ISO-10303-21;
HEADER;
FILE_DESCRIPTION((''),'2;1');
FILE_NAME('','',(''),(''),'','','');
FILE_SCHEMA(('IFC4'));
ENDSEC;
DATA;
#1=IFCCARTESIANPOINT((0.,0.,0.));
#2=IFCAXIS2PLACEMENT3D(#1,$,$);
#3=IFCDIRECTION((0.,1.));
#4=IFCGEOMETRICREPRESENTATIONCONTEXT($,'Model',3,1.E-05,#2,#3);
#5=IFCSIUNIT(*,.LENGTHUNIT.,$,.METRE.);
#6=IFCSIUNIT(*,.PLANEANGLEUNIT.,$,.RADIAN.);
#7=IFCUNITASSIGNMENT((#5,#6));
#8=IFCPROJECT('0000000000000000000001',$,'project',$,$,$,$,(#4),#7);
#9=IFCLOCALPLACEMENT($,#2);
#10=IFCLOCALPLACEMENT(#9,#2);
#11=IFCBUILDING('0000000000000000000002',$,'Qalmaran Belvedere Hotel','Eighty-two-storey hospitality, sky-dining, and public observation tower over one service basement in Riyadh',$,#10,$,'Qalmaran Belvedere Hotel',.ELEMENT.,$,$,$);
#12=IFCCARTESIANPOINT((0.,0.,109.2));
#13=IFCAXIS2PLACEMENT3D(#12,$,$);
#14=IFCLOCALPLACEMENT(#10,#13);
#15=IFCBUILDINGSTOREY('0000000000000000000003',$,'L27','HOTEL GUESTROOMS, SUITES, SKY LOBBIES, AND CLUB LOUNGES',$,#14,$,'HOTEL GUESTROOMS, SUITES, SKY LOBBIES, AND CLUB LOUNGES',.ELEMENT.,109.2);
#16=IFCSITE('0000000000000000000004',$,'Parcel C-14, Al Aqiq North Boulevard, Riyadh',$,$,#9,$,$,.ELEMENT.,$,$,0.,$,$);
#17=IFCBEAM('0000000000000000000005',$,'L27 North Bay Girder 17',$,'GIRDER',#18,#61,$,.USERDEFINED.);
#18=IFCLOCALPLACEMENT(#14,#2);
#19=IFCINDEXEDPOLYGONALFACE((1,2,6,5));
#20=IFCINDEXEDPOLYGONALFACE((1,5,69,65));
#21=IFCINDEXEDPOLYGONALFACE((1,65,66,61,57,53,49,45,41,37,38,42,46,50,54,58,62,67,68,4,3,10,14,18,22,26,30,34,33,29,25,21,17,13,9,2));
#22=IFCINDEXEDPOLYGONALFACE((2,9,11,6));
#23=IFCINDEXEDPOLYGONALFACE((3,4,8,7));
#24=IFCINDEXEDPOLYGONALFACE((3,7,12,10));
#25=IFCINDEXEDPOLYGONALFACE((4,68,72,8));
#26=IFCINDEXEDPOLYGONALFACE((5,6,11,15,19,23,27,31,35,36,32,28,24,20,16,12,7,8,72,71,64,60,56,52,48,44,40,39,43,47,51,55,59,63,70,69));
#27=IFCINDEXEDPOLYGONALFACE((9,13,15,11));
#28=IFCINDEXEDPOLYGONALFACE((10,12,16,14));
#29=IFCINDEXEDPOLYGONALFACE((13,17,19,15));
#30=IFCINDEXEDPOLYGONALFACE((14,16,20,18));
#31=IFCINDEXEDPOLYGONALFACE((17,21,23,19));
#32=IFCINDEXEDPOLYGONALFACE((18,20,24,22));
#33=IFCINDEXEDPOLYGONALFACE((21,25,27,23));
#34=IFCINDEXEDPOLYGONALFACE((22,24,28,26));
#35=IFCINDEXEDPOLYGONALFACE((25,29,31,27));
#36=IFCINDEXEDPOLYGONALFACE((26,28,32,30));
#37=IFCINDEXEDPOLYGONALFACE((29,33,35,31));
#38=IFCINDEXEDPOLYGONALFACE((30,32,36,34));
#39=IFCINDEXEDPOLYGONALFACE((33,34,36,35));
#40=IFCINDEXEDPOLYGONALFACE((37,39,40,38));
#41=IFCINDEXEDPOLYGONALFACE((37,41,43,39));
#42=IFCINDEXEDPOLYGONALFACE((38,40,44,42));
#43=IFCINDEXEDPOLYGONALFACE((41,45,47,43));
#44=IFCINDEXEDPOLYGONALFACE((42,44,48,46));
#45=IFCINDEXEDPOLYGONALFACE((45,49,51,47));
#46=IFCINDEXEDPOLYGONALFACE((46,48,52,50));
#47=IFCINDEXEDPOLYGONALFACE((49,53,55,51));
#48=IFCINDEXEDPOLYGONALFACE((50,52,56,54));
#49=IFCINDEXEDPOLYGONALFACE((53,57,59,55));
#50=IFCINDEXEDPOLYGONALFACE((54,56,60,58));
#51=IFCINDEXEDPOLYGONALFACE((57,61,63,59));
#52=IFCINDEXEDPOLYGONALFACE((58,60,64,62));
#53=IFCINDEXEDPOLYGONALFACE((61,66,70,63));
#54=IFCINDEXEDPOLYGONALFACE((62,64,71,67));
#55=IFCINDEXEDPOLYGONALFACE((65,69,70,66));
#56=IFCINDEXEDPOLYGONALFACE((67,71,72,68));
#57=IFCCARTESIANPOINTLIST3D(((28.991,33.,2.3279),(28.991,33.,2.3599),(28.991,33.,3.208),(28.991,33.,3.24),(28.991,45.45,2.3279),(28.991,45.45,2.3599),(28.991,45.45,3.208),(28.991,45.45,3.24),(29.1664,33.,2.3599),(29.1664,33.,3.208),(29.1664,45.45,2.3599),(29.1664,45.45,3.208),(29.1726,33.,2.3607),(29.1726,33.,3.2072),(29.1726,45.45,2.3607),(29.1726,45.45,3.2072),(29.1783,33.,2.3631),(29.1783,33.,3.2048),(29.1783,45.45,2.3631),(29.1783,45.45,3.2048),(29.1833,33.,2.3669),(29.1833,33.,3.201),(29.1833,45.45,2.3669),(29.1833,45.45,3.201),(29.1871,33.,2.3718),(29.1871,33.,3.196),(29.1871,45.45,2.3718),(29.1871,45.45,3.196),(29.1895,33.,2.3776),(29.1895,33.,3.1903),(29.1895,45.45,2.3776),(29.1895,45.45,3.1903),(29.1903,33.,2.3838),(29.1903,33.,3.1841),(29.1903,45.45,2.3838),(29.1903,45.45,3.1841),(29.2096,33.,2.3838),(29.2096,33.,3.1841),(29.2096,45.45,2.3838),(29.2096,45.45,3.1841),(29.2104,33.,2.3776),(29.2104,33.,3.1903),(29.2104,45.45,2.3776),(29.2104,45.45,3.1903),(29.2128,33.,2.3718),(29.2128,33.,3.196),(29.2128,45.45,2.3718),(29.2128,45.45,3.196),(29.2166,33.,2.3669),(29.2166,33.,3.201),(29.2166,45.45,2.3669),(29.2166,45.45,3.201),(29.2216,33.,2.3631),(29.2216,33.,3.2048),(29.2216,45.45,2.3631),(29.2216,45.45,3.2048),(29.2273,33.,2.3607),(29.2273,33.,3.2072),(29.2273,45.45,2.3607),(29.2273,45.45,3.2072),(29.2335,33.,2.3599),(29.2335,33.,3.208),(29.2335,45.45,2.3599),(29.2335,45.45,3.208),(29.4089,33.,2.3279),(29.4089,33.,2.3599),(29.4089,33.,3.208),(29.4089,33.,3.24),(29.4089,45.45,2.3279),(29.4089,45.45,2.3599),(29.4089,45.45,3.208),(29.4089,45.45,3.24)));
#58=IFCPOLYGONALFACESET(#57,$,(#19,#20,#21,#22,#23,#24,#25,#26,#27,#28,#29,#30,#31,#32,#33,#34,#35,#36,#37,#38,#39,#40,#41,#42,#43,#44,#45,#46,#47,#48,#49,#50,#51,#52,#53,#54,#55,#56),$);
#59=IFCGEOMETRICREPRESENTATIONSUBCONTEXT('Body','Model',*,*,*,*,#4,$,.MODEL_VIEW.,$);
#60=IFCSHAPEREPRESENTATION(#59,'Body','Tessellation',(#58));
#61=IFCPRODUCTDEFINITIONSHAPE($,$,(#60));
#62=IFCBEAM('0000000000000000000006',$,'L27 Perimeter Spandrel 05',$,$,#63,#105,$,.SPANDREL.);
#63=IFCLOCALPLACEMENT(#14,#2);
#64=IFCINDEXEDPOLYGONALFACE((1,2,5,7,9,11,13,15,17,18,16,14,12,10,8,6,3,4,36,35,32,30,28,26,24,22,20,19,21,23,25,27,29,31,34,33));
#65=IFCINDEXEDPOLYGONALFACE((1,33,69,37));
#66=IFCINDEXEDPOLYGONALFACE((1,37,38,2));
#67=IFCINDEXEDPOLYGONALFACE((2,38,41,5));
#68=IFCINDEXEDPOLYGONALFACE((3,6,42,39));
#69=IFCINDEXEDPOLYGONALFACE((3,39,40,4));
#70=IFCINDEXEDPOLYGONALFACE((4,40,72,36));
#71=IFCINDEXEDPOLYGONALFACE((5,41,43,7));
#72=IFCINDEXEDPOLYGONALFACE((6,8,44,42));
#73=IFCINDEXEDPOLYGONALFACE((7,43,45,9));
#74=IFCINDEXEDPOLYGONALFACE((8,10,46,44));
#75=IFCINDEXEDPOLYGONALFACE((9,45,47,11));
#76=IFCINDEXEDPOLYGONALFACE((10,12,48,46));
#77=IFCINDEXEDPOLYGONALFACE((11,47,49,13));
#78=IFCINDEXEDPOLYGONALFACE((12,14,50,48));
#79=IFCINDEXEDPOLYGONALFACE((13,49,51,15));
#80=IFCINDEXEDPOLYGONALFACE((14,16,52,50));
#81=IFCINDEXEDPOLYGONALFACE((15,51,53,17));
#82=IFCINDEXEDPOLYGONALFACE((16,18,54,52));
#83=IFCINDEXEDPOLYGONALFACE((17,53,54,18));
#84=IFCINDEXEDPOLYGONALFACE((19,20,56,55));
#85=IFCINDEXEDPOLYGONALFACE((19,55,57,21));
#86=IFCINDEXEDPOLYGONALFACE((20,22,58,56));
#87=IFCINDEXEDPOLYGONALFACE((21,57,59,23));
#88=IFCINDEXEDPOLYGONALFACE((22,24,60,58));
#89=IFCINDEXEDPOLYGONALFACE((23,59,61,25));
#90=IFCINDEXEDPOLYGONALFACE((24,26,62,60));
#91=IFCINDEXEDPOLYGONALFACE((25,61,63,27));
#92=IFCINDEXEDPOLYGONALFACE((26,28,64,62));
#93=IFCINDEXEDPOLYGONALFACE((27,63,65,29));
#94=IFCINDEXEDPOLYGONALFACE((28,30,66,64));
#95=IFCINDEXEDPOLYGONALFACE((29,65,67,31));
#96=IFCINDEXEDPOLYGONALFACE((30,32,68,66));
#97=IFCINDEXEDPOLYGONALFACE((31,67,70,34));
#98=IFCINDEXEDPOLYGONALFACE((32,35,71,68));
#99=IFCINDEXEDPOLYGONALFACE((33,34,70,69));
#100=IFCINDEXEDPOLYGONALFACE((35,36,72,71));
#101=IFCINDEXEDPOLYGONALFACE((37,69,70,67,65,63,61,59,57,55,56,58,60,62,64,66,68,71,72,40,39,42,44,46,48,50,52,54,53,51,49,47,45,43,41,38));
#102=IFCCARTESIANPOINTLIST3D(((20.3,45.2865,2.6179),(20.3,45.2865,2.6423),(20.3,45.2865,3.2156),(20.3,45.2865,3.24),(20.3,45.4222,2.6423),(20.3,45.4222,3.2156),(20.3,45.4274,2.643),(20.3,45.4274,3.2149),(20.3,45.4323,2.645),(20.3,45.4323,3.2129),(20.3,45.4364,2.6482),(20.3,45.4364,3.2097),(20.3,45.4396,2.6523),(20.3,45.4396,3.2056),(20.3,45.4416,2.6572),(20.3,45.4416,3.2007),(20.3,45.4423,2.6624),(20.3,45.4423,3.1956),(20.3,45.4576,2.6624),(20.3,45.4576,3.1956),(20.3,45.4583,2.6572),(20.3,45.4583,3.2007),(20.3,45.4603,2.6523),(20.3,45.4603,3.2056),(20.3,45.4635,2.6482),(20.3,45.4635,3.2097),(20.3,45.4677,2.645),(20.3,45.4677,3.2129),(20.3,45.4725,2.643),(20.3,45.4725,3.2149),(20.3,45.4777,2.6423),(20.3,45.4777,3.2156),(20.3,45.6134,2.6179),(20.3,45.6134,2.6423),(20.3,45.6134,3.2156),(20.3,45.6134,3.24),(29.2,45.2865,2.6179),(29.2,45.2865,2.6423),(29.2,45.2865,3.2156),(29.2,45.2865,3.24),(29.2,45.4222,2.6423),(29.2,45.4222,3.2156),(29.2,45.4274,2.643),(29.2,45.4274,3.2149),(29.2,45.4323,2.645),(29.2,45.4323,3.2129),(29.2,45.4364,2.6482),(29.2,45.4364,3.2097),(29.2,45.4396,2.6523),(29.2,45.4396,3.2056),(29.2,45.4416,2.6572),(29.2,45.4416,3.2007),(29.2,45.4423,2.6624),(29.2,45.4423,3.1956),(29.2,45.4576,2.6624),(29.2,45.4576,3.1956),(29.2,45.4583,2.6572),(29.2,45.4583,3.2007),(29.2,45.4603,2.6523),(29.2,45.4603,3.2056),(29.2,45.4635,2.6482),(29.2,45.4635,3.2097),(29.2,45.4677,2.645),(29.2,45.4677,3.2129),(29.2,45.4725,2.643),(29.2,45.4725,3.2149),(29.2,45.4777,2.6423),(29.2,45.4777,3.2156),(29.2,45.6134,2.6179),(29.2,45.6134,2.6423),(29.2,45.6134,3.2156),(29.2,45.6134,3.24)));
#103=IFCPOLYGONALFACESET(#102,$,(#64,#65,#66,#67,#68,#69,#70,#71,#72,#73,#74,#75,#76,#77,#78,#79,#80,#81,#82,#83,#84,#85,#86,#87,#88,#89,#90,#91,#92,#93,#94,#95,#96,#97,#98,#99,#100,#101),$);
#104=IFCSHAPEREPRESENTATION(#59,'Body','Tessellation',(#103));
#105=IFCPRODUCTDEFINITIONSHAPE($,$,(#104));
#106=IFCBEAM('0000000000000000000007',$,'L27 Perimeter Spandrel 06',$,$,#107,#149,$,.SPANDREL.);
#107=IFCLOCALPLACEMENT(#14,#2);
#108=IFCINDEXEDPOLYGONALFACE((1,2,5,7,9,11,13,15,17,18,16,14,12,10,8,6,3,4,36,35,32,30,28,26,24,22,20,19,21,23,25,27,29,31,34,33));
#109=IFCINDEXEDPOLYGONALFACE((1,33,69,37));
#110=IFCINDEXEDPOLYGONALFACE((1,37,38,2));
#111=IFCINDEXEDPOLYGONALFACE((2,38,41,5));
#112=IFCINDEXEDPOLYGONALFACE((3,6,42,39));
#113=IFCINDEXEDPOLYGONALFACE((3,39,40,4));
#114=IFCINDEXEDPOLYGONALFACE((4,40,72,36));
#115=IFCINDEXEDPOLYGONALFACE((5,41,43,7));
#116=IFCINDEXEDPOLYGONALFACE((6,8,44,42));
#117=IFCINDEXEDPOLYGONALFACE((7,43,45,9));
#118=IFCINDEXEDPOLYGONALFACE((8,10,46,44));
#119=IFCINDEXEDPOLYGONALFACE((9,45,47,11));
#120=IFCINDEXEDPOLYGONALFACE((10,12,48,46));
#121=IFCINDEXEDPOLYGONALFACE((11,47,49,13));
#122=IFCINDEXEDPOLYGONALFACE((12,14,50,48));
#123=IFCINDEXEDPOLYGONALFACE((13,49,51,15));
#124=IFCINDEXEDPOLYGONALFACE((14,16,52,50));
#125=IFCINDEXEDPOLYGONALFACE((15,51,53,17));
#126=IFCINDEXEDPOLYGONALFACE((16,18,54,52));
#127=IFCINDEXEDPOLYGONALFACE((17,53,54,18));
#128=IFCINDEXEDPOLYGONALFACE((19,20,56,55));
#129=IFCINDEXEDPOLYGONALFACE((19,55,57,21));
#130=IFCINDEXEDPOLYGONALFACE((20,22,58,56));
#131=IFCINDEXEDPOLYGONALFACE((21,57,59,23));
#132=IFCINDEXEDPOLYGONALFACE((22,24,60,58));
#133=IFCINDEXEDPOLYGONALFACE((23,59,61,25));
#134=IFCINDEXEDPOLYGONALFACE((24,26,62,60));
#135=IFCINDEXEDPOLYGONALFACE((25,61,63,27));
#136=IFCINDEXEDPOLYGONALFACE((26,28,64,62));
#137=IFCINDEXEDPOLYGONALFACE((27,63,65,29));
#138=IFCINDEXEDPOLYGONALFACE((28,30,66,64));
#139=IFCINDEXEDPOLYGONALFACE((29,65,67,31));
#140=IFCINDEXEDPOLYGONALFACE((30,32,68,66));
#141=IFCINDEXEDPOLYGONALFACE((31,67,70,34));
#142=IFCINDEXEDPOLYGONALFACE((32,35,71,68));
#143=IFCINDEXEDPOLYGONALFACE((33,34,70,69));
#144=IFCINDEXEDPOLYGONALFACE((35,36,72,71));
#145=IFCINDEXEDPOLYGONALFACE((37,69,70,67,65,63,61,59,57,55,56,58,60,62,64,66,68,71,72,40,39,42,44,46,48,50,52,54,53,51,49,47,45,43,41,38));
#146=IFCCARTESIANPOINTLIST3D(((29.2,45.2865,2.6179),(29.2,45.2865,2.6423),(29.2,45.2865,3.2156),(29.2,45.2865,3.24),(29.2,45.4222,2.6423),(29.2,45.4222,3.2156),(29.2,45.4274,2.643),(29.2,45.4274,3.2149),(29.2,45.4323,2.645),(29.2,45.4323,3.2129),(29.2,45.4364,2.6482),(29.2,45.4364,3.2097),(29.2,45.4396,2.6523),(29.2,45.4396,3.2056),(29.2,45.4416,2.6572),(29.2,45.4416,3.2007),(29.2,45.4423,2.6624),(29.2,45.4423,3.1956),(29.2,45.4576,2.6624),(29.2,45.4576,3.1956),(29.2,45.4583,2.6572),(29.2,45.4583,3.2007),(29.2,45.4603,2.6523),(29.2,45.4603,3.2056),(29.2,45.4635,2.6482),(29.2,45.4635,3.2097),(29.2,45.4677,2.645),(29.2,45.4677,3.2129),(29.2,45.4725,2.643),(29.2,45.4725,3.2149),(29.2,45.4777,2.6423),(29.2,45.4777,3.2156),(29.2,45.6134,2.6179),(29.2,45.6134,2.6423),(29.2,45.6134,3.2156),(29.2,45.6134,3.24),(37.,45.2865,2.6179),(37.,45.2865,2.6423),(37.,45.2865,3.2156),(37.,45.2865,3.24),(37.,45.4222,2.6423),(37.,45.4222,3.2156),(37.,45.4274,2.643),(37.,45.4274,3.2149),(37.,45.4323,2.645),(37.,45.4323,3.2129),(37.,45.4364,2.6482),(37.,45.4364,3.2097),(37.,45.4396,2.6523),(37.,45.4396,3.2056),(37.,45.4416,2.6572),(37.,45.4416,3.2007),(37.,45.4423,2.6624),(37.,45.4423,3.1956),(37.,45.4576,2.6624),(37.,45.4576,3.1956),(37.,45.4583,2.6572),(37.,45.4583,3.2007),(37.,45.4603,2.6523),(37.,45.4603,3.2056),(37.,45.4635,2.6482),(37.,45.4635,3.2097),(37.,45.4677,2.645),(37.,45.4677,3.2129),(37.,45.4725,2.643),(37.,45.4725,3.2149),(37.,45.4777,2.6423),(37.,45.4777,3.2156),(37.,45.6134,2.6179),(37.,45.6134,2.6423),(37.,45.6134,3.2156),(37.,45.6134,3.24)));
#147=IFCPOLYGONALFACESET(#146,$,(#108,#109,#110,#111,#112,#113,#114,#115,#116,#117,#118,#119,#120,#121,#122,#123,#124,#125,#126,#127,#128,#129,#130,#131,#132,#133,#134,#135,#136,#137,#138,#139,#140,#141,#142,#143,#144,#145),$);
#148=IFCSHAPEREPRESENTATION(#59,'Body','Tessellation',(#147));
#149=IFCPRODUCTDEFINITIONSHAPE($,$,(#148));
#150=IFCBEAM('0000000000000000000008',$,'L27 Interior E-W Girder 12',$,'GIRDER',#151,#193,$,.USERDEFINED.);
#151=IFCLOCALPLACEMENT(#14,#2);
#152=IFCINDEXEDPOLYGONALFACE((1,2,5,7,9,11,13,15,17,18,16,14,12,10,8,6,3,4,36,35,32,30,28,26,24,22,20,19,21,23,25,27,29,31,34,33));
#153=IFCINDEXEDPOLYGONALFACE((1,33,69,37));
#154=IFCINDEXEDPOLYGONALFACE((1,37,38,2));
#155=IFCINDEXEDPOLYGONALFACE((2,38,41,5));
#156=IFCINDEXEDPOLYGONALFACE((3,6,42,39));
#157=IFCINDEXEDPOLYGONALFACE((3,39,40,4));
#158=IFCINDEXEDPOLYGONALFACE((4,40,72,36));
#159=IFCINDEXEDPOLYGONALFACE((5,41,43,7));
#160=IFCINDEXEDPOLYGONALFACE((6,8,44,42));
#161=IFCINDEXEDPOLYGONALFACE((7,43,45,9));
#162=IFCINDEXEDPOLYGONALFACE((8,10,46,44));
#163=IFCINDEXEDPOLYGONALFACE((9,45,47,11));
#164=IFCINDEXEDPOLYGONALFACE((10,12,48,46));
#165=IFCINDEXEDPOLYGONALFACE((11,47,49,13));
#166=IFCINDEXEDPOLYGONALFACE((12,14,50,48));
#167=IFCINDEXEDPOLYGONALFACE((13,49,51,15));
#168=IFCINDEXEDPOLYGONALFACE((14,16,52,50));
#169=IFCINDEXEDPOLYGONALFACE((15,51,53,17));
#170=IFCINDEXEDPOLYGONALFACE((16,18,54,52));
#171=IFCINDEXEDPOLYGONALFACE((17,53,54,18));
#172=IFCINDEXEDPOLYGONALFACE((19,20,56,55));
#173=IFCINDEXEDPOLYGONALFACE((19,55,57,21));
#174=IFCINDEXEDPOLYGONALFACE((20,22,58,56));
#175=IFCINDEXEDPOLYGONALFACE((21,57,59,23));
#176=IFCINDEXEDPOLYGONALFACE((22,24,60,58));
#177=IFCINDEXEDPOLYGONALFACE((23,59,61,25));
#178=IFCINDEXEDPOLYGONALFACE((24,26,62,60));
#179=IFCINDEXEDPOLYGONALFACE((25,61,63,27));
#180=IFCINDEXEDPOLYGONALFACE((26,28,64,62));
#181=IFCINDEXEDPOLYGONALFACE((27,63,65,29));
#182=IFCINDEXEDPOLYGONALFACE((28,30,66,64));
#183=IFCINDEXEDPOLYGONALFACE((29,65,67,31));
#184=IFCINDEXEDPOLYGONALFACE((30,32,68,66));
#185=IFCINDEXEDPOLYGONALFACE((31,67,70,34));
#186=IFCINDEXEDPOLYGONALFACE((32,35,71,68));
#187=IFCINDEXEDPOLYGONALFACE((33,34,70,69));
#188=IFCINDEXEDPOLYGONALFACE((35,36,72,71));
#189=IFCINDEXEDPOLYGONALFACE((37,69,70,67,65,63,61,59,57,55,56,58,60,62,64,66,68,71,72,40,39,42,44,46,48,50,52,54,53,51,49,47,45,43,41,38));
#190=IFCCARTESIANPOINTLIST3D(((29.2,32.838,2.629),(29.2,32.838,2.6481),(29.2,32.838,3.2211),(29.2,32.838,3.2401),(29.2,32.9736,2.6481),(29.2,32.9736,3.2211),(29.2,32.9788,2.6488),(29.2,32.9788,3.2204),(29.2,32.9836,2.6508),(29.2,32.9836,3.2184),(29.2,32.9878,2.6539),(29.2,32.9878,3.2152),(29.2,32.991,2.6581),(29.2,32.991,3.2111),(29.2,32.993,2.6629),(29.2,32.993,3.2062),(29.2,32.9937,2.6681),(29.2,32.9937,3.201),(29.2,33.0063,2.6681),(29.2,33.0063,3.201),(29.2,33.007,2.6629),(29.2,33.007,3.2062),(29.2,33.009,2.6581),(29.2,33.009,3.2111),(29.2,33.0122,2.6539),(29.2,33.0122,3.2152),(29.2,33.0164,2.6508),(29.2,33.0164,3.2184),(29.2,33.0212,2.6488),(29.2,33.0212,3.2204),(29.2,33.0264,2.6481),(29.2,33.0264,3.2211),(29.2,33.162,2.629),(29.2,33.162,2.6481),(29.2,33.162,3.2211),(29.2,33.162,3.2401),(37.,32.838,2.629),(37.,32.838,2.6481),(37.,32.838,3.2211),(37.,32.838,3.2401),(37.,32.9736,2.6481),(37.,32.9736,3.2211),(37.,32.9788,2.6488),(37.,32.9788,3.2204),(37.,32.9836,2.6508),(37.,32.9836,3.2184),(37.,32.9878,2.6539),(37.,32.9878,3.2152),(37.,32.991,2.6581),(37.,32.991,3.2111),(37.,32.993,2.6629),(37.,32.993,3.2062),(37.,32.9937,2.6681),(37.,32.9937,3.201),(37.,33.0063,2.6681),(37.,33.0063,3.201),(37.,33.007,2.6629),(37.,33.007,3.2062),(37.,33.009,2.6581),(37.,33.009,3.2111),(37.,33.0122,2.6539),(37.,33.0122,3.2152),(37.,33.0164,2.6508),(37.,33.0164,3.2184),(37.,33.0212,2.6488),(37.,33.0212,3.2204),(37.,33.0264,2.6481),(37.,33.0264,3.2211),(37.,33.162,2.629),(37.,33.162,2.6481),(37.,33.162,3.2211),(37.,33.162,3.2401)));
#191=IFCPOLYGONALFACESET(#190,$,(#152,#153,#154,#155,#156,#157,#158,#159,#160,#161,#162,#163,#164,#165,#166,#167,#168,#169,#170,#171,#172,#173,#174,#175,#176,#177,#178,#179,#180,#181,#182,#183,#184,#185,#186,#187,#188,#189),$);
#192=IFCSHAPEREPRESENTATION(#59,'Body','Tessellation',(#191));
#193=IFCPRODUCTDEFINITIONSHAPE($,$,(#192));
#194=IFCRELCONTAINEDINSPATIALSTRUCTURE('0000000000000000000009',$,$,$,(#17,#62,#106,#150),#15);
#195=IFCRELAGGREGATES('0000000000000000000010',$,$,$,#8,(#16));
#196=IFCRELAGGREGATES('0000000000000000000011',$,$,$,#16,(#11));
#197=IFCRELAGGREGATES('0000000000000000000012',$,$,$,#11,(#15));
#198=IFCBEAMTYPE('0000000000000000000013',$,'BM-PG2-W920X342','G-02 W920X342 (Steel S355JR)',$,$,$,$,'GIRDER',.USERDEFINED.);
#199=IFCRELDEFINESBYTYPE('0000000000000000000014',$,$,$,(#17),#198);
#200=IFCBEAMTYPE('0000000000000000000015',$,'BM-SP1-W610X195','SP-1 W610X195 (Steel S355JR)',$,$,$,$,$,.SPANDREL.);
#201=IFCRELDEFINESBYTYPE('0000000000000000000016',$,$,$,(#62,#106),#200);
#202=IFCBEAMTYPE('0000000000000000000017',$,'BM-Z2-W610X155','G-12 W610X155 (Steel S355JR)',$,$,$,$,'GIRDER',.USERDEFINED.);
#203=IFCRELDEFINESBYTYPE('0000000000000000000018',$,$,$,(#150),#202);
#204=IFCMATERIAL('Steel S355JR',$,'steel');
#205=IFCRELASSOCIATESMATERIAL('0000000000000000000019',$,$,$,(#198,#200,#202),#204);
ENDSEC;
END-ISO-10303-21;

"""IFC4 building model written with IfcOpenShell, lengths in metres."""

from ifc_helpers import new_model, si_unit, direction, frame, origin, origin_2d, place, context, subcontext, project, spatial, i_section, extrude, material, material_profile, profile_set, type_object, element, save


model = new_model("IFC4")

# Units and contexts
model_context = context("Model", 3, precision=1e-05, world=origin(), true_north=direction((0.0, 1.0)))
body_context = subcontext(model_context, "Body", "Model", "MODEL_VIEW")
ifc_project = project(units=[si_unit("LENGTHUNIT", "METRE"), si_unit("PLANEANGLEUNIT", "RADIAN")], contexts=[model_context])

# Site, building, storey
site_placement = place(None, origin())
site = spatial("IfcSite", under=ifc_project, at=site_placement, Name="Parcel C-14, Al Aqiq North Boulevard, Riyadh", CompositionType="ELEMENT", RefElevation=0.0)
building_placement = place(site_placement, origin())
building = spatial("IfcBuilding", under=site, at=building_placement, Name="Qalmaran Belvedere Hotel", Description="Eighty-two-storey hospitality, sky-dining, and public observation tower over one service basement in Riyadh", LongName="Qalmaran Belvedere Hotel", CompositionType="ELEMENT")
storey_placement = place(building_placement, frame((0.0, 0.0, 109.2)))
storey = spatial("IfcBuildingStorey", under=building, at=storey_placement, Name="L27", Description="HOTEL GUESTROOMS, SUITES, SKY LOBBIES, AND CLUB LOUNGES", LongName="HOTEL GUESTROOMS, SUITES, SKY LOBBIES, AND CLUB LOUNGES", CompositionType="ELEMENT", Elevation=109.2)

# Beams
ifc_material_1 = material(Name="Steel S355JR", Category="steel")
ifc_material_profile_1 = material_profile(ifc_material_1, i_section(OverallWidth=0.418, OverallDepth=0.9121, WebThickness=0.0193, FlangeThickness=0.032, FilletRadius=0.0239, at=origin_2d()), Name="W920X342")
ifc_profile_set_1 = profile_set([ifc_material_profile_1], Name="Steel S355JR")
beam_type_1 = type_object("IfcBeamType", Name="BM-PG2-W920X342", Description="G-02 W920X342 (Steel S355JR)", ElementType="GIRDER", PredefinedType="USERDEFINED", material=ifc_profile_set_1)
beam_1_placement = place(storey_placement, frame((29.2, 33.0, 2.7839), z_axis=(0.0, 1.0, 0.0), x_axis=(-1.0, 0.0, 0.0)))
element("IfcBeam", 1, at=beam_1_placement, inside=storey, type_object=beam_type_1, Name="L27 North Bay Girder 17", ObjectType="GIRDER", PredefinedType="USERDEFINED", context=body_context, shape_type="SweptSolid", body=[
    extrude(i_section(OverallWidth=0.418, OverallDepth=0.9121, WebThickness=0.0193, FlangeThickness=0.032, FilletRadius=0.0239, at=origin_2d()), origin(), (0.0, 0.0, 1.0), 12.45),
])
ifc_material_profile_2 = material_profile(ifc_material_1, i_section(OverallWidth=0.3269, OverallDepth=0.6221, WebThickness=0.0154, FlangeThickness=0.0244, FilletRadius=0.02, at=origin_2d()), Name="W610X195")
ifc_profile_set_2 = profile_set([ifc_material_profile_2], Name="Steel S355JR")
beam_type_2 = type_object("IfcBeamType", Name="BM-SP1-W610X195", Description="SP-1 W610X195 (Steel S355JR)", PredefinedType="SPANDREL", material=ifc_profile_set_2)
beam_2_placement = place(storey_placement, frame((20.3, 45.45, 2.929), z_axis=(1.0, 0.0, 0.0), x_axis=(0.0, 1.0, 0.0)))
element("IfcBeam", 2, at=beam_2_placement, inside=storey, type_object=beam_type_2, Name="L27 Perimeter Spandrel 05", PredefinedType="SPANDREL", context=body_context, shape_type="SweptSolid", body=[
    extrude(i_section(OverallWidth=0.3269, OverallDepth=0.6221, WebThickness=0.0154, FlangeThickness=0.0244, FilletRadius=0.02, at=origin_2d()), origin(), (0.0, 0.0, 1.0), 8.8999),
])
beam_3_placement = place(storey_placement, frame((29.2, 45.45, 2.929), z_axis=(1.0, 0.0, 0.0), x_axis=(0.0, 1.0, 0.0)))
element("IfcBeam", 3, at=beam_3_placement, inside=storey, type_object=beam_type_2, Name="L27 Perimeter Spandrel 06", PredefinedType="SPANDREL", context=body_context, shape_type="SweptSolid", body=[
    extrude(i_section(OverallWidth=0.3269, OverallDepth=0.6221, WebThickness=0.0154, FlangeThickness=0.0244, FilletRadius=0.02, at=origin_2d()), origin(), (0.0, 0.0, 1.0), 7.8),
])
ifc_material_profile_3 = material_profile(ifc_material_1, i_section(OverallWidth=0.324, OverallDepth=0.6111, WebThickness=0.0127, FlangeThickness=0.019, FilletRadius=0.02, at=origin_2d()), Name="W610X155")
ifc_profile_set_3 = profile_set([ifc_material_profile_3], Name="Steel S355JR")
beam_type_3 = type_object("IfcBeamType", Name="BM-Z2-W610X155", Description="G-12 W610X155 (Steel S355JR)", ElementType="GIRDER", PredefinedType="USERDEFINED", material=ifc_profile_set_3)
beam_4_placement = place(storey_placement, frame((29.2, 33.0, 2.9346), z_axis=(1.0, 0.0, 0.0), x_axis=(0.0, 1.0, 0.0)))
element("IfcBeam", 4, at=beam_4_placement, inside=storey, type_object=beam_type_3, Name="L27 Interior E-W Girder 12", ObjectType="GIRDER", PredefinedType="USERDEFINED", context=body_context, shape_type="SweptSolid", body=[
    extrude(i_section(OverallWidth=0.324, OverallDepth=0.6111, WebThickness=0.0127, FlangeThickness=0.019, FilletRadius=0.02, at=origin_2d()), origin(), (0.0, 0.0, 1.0), 7.8),
])

save(model, "model.ifc")
